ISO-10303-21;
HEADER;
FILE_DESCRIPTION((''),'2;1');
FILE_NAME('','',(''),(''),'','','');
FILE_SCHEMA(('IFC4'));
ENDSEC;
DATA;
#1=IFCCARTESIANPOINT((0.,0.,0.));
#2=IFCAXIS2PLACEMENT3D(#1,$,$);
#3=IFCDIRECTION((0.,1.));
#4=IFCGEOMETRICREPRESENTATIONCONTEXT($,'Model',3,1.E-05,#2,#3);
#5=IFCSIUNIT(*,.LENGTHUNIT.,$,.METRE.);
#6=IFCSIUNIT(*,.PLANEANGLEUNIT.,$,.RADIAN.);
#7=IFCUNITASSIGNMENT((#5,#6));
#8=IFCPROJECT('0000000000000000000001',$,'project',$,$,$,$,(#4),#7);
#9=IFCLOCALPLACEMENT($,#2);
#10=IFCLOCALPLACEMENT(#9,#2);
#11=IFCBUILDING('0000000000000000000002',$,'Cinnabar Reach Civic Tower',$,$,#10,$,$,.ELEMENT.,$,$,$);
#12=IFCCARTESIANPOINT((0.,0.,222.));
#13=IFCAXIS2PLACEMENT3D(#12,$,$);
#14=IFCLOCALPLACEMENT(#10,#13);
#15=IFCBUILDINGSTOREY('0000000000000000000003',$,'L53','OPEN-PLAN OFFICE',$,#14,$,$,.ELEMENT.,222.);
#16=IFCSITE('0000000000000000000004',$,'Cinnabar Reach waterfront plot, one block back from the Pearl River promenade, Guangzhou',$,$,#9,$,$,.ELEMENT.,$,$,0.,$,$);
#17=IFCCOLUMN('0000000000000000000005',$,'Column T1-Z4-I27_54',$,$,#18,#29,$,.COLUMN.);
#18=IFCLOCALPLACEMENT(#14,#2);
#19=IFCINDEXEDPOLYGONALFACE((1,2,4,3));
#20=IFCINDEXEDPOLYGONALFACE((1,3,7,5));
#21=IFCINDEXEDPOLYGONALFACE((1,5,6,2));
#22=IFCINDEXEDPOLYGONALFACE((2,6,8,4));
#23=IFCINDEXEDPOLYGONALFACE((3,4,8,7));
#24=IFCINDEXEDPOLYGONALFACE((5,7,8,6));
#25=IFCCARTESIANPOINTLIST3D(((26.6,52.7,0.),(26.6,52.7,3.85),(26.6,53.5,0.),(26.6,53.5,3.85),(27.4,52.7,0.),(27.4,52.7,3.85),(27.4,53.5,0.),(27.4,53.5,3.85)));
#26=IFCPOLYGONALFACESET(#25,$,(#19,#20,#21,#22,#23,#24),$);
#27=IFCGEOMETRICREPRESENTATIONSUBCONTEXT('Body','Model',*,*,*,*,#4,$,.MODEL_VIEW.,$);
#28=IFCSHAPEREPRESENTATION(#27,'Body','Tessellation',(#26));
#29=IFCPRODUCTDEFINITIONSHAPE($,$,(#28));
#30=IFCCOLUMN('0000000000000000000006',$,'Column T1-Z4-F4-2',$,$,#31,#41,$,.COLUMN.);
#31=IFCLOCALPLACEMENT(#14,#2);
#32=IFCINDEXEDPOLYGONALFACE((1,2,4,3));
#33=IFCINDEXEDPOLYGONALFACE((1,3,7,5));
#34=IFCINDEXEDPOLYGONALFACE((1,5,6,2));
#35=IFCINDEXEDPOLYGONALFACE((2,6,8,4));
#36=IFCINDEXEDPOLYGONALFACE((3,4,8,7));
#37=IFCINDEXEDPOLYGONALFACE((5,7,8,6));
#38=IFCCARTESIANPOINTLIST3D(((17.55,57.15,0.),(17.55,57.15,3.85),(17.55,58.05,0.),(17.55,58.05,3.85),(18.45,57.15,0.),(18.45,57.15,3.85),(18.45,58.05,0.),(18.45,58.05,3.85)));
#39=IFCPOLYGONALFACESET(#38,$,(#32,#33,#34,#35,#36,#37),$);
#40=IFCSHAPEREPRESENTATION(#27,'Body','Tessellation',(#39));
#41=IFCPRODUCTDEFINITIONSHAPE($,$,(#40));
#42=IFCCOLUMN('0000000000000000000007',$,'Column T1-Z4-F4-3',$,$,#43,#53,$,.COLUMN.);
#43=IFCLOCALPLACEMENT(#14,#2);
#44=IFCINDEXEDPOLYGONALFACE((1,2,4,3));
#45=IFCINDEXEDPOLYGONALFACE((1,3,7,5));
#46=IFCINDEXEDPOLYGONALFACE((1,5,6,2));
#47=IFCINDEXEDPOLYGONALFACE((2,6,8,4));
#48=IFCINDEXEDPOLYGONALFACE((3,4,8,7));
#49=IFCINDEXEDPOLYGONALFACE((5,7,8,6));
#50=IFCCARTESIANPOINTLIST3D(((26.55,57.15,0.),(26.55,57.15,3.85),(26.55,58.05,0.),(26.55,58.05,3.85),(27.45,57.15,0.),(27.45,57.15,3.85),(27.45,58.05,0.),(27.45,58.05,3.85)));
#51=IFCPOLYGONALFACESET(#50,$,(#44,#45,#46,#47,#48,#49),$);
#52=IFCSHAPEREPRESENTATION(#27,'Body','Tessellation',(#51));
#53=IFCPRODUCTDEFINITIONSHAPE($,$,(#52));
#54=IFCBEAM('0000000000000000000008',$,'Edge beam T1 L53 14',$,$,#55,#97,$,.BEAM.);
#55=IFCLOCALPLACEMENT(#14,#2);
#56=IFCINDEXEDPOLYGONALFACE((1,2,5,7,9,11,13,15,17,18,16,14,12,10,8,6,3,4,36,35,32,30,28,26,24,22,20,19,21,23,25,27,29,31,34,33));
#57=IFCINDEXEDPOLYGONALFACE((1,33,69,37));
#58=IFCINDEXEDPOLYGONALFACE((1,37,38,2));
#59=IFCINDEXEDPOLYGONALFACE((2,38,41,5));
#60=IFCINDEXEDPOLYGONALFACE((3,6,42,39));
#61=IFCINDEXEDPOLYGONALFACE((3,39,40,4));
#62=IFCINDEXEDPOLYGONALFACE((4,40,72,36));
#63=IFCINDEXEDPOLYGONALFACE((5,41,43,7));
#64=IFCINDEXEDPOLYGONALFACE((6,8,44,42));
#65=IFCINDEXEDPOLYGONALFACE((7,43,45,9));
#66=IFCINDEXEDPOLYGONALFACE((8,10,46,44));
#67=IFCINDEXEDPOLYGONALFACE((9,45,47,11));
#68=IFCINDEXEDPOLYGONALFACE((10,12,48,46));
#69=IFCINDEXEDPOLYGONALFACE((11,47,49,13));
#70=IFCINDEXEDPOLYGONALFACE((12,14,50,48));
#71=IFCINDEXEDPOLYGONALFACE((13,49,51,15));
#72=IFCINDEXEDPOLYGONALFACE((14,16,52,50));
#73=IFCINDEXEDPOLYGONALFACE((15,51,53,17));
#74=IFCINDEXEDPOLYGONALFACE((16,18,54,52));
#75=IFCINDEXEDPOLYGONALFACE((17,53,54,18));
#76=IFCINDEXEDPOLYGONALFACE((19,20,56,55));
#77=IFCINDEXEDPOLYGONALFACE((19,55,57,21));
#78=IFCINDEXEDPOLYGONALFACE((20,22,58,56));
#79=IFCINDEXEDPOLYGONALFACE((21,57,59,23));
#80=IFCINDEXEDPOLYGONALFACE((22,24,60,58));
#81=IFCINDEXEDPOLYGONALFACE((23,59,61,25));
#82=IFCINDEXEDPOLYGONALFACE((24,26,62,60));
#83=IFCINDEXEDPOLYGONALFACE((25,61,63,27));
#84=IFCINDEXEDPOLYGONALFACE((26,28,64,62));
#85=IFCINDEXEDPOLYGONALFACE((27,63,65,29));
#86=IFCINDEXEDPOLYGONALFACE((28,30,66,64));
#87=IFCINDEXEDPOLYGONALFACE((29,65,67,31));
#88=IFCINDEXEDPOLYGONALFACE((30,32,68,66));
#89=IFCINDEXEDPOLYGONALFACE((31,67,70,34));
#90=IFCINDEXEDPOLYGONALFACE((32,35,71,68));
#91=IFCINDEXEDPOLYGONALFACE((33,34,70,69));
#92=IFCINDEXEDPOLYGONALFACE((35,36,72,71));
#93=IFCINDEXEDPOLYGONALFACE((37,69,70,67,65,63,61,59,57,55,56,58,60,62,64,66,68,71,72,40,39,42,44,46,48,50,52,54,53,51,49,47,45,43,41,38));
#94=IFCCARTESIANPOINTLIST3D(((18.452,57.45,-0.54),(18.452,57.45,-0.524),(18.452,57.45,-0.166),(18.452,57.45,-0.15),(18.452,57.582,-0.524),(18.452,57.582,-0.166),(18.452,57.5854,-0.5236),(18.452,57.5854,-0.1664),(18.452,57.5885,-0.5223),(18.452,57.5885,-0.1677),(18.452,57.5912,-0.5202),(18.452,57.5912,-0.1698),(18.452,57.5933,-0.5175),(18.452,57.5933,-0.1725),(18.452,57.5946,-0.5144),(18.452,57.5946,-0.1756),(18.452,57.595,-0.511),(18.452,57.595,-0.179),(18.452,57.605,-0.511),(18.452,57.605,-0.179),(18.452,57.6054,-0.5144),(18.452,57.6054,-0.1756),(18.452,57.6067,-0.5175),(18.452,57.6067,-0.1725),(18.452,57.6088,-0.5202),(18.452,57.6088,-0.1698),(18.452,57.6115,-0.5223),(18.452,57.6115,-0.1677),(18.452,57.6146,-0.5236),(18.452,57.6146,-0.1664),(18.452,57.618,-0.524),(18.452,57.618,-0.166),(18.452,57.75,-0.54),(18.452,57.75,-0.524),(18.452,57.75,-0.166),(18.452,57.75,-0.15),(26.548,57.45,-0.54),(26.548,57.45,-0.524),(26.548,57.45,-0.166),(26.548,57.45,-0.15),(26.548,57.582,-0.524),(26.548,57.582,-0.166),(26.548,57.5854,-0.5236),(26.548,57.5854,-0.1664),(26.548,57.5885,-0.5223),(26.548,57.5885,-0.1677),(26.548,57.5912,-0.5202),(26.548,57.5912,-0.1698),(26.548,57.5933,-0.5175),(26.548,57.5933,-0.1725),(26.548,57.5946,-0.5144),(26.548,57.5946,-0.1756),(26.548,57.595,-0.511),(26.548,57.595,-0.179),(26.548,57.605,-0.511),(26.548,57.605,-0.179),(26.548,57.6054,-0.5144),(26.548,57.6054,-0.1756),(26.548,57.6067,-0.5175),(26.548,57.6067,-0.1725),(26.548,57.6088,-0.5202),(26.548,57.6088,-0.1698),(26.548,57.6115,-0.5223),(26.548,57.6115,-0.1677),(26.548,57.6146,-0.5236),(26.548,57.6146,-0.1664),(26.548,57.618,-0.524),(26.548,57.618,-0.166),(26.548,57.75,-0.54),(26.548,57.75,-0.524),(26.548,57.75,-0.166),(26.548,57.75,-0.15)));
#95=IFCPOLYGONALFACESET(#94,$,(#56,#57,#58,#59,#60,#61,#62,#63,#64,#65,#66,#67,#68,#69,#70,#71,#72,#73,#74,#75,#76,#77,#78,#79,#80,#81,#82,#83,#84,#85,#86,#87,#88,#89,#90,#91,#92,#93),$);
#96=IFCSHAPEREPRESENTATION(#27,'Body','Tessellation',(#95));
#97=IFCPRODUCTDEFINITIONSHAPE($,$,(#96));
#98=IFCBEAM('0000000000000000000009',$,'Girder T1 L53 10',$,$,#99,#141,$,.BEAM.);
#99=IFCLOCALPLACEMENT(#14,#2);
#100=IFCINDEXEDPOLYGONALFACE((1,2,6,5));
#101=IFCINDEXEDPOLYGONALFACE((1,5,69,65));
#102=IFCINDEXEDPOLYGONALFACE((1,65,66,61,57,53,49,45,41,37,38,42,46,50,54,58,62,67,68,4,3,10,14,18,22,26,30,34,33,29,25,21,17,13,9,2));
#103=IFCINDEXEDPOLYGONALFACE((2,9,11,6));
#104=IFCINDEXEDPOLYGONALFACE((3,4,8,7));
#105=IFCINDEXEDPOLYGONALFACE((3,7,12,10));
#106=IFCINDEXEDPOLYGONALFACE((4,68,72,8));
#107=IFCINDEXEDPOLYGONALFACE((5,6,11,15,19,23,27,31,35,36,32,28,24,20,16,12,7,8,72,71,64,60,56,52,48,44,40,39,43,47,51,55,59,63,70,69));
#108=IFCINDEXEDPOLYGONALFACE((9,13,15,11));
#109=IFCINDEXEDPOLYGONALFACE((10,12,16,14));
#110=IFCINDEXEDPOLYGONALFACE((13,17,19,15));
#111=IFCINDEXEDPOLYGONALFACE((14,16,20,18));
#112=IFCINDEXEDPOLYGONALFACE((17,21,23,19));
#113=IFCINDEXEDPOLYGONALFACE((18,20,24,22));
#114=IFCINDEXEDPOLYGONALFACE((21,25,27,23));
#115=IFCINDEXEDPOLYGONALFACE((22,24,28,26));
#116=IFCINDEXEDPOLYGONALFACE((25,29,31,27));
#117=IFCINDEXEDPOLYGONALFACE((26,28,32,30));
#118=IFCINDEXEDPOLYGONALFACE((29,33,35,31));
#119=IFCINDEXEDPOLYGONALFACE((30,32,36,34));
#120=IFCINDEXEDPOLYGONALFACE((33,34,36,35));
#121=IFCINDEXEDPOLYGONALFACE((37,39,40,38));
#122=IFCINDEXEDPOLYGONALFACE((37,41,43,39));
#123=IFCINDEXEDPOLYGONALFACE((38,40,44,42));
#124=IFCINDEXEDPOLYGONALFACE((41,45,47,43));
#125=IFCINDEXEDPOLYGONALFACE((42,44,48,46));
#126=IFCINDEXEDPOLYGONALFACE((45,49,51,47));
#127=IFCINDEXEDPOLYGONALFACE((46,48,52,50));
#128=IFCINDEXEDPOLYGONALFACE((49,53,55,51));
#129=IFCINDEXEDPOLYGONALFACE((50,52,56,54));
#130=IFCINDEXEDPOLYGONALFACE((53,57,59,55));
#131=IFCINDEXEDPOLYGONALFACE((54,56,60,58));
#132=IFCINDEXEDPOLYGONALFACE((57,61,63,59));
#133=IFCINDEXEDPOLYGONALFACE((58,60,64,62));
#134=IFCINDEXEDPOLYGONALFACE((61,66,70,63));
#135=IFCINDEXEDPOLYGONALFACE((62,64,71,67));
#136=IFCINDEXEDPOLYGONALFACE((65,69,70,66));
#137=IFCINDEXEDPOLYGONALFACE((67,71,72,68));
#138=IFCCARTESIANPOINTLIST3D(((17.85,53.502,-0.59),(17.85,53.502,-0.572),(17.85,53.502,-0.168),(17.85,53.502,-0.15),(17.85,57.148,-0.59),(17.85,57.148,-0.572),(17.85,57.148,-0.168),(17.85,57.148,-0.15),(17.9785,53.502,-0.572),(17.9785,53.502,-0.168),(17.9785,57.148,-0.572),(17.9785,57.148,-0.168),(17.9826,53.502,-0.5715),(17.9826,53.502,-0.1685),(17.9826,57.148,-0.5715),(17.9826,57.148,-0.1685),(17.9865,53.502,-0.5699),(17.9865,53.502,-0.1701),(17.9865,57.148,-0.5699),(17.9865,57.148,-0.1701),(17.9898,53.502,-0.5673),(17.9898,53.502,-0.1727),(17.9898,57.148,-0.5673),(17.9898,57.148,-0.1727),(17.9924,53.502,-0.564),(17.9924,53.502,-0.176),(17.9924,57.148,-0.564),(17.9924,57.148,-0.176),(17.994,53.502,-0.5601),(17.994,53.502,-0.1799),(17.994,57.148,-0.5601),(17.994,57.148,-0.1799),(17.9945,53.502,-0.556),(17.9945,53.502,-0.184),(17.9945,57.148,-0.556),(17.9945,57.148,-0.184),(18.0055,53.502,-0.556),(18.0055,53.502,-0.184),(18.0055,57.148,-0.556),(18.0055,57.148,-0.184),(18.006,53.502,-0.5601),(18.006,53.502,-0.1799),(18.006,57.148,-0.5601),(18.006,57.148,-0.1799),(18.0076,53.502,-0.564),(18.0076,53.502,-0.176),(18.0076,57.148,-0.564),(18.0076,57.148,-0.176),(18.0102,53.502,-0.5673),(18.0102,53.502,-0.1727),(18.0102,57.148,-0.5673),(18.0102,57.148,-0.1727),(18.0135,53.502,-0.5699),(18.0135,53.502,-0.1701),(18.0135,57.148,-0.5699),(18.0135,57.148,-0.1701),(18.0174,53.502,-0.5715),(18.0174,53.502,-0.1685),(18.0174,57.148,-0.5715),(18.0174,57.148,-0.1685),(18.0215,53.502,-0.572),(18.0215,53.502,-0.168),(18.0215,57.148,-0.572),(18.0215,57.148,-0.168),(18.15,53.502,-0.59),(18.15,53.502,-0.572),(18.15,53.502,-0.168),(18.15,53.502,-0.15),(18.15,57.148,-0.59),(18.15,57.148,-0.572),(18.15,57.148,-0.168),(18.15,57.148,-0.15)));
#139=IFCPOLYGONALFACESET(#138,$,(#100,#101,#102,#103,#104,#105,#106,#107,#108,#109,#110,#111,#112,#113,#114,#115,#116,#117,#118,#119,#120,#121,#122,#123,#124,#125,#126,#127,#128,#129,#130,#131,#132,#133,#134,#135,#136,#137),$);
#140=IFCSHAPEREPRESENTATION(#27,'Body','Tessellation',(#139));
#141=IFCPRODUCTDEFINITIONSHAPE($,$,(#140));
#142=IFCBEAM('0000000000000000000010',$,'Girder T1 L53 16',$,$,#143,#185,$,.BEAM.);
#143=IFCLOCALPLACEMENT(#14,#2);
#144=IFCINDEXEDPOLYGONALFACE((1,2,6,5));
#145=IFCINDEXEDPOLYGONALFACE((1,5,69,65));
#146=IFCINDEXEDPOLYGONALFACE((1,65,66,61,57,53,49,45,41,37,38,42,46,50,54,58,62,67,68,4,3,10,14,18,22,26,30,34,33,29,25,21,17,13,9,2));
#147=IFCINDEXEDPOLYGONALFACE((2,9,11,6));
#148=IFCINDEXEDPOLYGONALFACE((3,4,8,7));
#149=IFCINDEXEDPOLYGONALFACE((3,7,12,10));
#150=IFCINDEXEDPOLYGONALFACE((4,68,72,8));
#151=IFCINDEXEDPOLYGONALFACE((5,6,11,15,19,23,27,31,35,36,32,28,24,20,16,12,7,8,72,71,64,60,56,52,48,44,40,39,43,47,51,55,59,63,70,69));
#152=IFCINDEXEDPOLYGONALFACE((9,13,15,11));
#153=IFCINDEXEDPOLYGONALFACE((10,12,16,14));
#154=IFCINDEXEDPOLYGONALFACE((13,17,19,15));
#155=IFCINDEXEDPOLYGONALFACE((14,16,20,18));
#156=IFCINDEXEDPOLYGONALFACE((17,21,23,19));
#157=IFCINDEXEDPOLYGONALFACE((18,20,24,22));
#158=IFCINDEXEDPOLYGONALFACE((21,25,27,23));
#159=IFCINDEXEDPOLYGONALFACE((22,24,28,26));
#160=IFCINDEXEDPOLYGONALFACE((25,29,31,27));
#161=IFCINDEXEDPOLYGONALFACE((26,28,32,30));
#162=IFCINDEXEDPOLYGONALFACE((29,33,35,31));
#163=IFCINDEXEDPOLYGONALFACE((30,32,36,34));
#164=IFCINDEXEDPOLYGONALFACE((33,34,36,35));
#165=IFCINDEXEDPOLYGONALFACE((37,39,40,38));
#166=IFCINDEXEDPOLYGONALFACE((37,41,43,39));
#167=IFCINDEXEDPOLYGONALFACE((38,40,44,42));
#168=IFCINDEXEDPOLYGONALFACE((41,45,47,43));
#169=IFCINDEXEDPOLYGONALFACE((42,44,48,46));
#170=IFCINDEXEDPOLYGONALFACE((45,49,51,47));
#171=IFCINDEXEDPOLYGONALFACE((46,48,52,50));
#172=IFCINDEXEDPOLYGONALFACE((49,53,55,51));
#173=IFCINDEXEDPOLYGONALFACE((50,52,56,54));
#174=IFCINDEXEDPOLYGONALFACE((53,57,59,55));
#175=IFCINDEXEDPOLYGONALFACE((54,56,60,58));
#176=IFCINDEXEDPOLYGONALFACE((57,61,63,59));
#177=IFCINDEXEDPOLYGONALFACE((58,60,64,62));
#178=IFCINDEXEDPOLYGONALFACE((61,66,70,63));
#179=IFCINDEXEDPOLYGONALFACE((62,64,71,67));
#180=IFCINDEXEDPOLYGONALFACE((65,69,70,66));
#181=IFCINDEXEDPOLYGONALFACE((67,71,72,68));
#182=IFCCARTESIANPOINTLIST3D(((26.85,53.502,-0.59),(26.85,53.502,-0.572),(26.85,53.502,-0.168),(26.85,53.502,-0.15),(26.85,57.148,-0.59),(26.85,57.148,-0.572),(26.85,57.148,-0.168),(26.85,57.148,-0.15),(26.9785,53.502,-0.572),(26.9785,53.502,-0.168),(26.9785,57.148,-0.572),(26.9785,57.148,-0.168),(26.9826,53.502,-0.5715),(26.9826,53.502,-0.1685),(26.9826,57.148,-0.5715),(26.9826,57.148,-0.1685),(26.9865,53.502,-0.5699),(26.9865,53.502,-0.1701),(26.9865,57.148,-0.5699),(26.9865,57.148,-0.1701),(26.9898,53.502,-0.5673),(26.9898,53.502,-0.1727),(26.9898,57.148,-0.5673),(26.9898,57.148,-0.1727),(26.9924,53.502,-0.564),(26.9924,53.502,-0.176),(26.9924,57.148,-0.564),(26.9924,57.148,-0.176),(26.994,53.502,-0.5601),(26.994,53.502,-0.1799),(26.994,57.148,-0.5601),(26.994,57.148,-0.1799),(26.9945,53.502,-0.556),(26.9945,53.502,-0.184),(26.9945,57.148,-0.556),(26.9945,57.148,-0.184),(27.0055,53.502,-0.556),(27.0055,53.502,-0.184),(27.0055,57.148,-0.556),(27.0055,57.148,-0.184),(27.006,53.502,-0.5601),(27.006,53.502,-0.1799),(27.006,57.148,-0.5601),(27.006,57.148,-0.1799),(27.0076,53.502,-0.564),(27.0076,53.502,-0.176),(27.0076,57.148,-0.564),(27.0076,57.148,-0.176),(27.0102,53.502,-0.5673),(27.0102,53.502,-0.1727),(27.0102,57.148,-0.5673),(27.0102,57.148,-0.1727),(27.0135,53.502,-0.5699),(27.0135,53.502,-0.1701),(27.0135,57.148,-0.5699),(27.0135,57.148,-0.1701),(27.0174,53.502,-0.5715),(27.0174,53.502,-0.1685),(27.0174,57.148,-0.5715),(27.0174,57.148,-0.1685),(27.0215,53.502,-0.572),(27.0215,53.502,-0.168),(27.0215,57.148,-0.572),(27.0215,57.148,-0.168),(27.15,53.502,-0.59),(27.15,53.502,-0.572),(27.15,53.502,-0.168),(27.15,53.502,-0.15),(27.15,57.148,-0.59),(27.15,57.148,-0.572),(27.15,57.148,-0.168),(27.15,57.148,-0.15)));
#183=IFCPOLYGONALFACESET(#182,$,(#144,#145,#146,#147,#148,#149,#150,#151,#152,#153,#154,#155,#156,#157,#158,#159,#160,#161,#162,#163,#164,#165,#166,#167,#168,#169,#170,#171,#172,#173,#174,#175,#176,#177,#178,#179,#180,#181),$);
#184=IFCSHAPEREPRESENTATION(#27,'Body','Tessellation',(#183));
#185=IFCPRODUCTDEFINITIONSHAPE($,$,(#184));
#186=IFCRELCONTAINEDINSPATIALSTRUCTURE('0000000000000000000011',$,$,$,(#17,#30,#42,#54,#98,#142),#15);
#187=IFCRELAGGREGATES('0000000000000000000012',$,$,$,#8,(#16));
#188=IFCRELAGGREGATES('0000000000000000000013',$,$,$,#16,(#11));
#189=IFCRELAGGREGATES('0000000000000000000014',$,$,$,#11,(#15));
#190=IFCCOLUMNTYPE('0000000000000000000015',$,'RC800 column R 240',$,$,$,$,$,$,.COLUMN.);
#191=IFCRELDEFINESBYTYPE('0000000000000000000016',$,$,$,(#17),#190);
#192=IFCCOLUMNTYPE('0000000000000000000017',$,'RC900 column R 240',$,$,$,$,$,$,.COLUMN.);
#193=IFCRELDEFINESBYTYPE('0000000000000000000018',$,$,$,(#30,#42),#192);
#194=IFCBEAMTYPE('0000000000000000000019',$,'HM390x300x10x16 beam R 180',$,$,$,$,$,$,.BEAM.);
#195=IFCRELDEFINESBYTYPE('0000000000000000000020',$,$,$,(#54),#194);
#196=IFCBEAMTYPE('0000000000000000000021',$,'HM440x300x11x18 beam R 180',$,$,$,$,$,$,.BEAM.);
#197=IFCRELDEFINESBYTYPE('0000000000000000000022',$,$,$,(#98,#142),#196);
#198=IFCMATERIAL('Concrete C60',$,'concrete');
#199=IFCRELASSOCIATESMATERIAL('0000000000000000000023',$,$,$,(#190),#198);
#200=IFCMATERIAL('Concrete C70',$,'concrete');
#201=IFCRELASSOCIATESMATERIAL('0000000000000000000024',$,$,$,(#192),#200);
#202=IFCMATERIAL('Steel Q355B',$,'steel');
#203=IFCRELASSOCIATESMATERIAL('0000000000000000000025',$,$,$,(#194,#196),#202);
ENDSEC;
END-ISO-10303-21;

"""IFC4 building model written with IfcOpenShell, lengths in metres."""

from ifc_helpers import new_model, si_unit, direction, frame, origin, origin_2d, place, context, subcontext, project, spatial, rectangle, i_section, extrude, material, material_profile, profile_set, type_object, element, save


model = new_model("IFC4")

# Units and contexts
model_context = context("Model", 3, precision=1e-05, world=origin(), true_north=direction((0.0, 1.0)))
body_context = subcontext(model_context, "Body", "Model", "MODEL_VIEW")
ifc_project = project(units=[si_unit("LENGTHUNIT", "METRE"), si_unit("PLANEANGLEUNIT", "RADIAN")], contexts=[model_context])

# Site, building, storey
site_placement = place(None, origin())
site = spatial("IfcSite", under=ifc_project, at=site_placement, Name="Cinnabar Reach waterfront plot, one block back from the Pearl River promenade, Guangzhou", CompositionType="ELEMENT", RefElevation=0.0)
building_placement = place(site_placement, origin())
building = spatial("IfcBuilding", under=site, at=building_placement, Name="Cinnabar Reach Civic Tower", CompositionType="ELEMENT")
storey_placement = place(building_placement, frame((0.0, 0.0, 222.0)))
storey = spatial("IfcBuildingStorey", under=building, at=storey_placement, Name="L53", Description="OPEN-PLAN OFFICE", CompositionType="ELEMENT", Elevation=222.0)

# Columns
ifc_material_1 = material(Name="Concrete C60", Category="concrete")
ifc_material_profile_1 = material_profile(ifc_material_1, rectangle(XDim=0.8, YDim=0.8, at=origin_2d()), Name="RC800")
ifc_profile_set_1 = profile_set([ifc_material_profile_1], Name="Concrete C60")
column_type_1 = type_object("IfcColumnType", Name="RC800 column R 240", PredefinedType="COLUMN", material=ifc_profile_set_1)
column_placement = place(storey_placement, frame((27.0, 53.1, 0.0), z_axis=(0.0, 0.0, 1.0), x_axis=(1.0, 0.0, 0.0)))
element("IfcColumn", 1, at=column_placement, inside=storey, type_object=column_type_1, Name="Column T1-Z4-I27_54", PredefinedType="COLUMN", context=body_context, shape_type="SweptSolid", body=[
    extrude(rectangle(XDim=0.8, YDim=0.8, at=origin_2d()), origin(), (0.0, 0.0, 1.0), 3.85),
])
ifc_material_2 = material(Name="Concrete C70", Category="concrete")
ifc_material_profile_2 = material_profile(ifc_material_2, rectangle(XDim=0.9, YDim=0.9, at=origin_2d()), Name="RC900")
ifc_profile_set_2 = profile_set([ifc_material_profile_2], Name="Concrete C70")
column_type_2 = type_object("IfcColumnType", Name="RC900 column R 240", PredefinedType="COLUMN", material=ifc_profile_set_2)
for number, where, z_axis, x_axis, name in (
    (2, (18.0, 57.6, 0.0), (0.0, 0.0, 1.0), (1.0, 0.0, 0.0), "Column T1-Z4-F4-2"),
    (3, (27.0, 57.6, 0.0), (0.0, 0.0, 1.0), (1.0, 0.0, 0.0), "Column T1-Z4-F4-3"),
):
    element("IfcColumn", number, at=place(storey_placement, frame(where, z_axis=z_axis, x_axis=x_axis)), inside=storey, type_object=column_type_2, Name=name, PredefinedType="COLUMN", context=body_context, shape_type="SweptSolid", body=[
        extrude(rectangle(XDim=0.9, YDim=0.9, at=origin_2d()), origin(), (0.0, 0.0, 1.0), 3.85),
    ])

# Beams
ifc_material_3 = material(Name="Steel Q355B", Category="steel")
ifc_material_profile_3 = material_profile(ifc_material_3, i_section(OverallWidth=0.3, OverallDepth=0.39, WebThickness=0.01, FlangeThickness=0.016, FilletRadius=0.013, at=origin_2d()), Name="HM390x300x10x16")
ifc_profile_set_3 = profile_set([ifc_material_profile_3], Name="Steel Q355B")
beam_type_1 = type_object("IfcBeamType", Name="HM390x300x10x16 beam R 180", PredefinedType="BEAM", material=ifc_profile_set_3)
beam_1_placement = place(storey_placement, frame((26.548, 57.6, -0.345), z_axis=(-1.0, 0.0, 0.0), x_axis=(0.0, -1.0, 0.0)))
element("IfcBeam", 4, at=beam_1_placement, inside=storey, type_object=beam_type_1, Name="Edge beam T1 L53 14", PredefinedType="BEAM", context=body_context, shape_type="SweptSolid", body=[
    extrude(i_section(OverallWidth=0.3, OverallDepth=0.39, WebThickness=0.01, FlangeThickness=0.016, FilletRadius=0.013, at=origin_2d()), origin(), (0.0, 0.0, 1.0), 8.096),
])
ifc_material_profile_4 = material_profile(ifc_material_3, i_section(OverallWidth=0.3, OverallDepth=0.44, WebThickness=0.011, FlangeThickness=0.018, FilletRadius=0.016, at=origin_2d()), Name="HM440x300x11x18")
ifc_profile_set_4 = profile_set([ifc_material_profile_4], Name="Steel Q355B")
beam_type_2 = type_object("IfcBeamType", Name="HM440x300x11x18 beam R 180", PredefinedType="BEAM", material=ifc_profile_set_4)
for number, where, z_axis, x_axis, name in (
    (5, (18.0, 53.502, -0.37), (0.0, 1.0, 0.0), (-1.0, 0.0, 0.0), "Girder T1 L53 10"),
    (6, (27.0, 53.502, -0.37), (0.0, 1.0, 0.0), (-1.0, 0.0, 0.0), "Girder T1 L53 16"),
):
    element("IfcBeam", number, at=place(storey_placement, frame(where, z_axis=z_axis, x_axis=x_axis)), inside=storey, type_object=beam_type_2, Name=name, PredefinedType="BEAM", context=body_context, shape_type="SweptSolid", body=[
        extrude(i_section(OverallWidth=0.3, OverallDepth=0.44, WebThickness=0.011, FlangeThickness=0.018, FilletRadius=0.016, at=origin_2d()), origin(), (0.0, 0.0, 1.0), 3.646),
    ])

save(model, "model.ifc")
